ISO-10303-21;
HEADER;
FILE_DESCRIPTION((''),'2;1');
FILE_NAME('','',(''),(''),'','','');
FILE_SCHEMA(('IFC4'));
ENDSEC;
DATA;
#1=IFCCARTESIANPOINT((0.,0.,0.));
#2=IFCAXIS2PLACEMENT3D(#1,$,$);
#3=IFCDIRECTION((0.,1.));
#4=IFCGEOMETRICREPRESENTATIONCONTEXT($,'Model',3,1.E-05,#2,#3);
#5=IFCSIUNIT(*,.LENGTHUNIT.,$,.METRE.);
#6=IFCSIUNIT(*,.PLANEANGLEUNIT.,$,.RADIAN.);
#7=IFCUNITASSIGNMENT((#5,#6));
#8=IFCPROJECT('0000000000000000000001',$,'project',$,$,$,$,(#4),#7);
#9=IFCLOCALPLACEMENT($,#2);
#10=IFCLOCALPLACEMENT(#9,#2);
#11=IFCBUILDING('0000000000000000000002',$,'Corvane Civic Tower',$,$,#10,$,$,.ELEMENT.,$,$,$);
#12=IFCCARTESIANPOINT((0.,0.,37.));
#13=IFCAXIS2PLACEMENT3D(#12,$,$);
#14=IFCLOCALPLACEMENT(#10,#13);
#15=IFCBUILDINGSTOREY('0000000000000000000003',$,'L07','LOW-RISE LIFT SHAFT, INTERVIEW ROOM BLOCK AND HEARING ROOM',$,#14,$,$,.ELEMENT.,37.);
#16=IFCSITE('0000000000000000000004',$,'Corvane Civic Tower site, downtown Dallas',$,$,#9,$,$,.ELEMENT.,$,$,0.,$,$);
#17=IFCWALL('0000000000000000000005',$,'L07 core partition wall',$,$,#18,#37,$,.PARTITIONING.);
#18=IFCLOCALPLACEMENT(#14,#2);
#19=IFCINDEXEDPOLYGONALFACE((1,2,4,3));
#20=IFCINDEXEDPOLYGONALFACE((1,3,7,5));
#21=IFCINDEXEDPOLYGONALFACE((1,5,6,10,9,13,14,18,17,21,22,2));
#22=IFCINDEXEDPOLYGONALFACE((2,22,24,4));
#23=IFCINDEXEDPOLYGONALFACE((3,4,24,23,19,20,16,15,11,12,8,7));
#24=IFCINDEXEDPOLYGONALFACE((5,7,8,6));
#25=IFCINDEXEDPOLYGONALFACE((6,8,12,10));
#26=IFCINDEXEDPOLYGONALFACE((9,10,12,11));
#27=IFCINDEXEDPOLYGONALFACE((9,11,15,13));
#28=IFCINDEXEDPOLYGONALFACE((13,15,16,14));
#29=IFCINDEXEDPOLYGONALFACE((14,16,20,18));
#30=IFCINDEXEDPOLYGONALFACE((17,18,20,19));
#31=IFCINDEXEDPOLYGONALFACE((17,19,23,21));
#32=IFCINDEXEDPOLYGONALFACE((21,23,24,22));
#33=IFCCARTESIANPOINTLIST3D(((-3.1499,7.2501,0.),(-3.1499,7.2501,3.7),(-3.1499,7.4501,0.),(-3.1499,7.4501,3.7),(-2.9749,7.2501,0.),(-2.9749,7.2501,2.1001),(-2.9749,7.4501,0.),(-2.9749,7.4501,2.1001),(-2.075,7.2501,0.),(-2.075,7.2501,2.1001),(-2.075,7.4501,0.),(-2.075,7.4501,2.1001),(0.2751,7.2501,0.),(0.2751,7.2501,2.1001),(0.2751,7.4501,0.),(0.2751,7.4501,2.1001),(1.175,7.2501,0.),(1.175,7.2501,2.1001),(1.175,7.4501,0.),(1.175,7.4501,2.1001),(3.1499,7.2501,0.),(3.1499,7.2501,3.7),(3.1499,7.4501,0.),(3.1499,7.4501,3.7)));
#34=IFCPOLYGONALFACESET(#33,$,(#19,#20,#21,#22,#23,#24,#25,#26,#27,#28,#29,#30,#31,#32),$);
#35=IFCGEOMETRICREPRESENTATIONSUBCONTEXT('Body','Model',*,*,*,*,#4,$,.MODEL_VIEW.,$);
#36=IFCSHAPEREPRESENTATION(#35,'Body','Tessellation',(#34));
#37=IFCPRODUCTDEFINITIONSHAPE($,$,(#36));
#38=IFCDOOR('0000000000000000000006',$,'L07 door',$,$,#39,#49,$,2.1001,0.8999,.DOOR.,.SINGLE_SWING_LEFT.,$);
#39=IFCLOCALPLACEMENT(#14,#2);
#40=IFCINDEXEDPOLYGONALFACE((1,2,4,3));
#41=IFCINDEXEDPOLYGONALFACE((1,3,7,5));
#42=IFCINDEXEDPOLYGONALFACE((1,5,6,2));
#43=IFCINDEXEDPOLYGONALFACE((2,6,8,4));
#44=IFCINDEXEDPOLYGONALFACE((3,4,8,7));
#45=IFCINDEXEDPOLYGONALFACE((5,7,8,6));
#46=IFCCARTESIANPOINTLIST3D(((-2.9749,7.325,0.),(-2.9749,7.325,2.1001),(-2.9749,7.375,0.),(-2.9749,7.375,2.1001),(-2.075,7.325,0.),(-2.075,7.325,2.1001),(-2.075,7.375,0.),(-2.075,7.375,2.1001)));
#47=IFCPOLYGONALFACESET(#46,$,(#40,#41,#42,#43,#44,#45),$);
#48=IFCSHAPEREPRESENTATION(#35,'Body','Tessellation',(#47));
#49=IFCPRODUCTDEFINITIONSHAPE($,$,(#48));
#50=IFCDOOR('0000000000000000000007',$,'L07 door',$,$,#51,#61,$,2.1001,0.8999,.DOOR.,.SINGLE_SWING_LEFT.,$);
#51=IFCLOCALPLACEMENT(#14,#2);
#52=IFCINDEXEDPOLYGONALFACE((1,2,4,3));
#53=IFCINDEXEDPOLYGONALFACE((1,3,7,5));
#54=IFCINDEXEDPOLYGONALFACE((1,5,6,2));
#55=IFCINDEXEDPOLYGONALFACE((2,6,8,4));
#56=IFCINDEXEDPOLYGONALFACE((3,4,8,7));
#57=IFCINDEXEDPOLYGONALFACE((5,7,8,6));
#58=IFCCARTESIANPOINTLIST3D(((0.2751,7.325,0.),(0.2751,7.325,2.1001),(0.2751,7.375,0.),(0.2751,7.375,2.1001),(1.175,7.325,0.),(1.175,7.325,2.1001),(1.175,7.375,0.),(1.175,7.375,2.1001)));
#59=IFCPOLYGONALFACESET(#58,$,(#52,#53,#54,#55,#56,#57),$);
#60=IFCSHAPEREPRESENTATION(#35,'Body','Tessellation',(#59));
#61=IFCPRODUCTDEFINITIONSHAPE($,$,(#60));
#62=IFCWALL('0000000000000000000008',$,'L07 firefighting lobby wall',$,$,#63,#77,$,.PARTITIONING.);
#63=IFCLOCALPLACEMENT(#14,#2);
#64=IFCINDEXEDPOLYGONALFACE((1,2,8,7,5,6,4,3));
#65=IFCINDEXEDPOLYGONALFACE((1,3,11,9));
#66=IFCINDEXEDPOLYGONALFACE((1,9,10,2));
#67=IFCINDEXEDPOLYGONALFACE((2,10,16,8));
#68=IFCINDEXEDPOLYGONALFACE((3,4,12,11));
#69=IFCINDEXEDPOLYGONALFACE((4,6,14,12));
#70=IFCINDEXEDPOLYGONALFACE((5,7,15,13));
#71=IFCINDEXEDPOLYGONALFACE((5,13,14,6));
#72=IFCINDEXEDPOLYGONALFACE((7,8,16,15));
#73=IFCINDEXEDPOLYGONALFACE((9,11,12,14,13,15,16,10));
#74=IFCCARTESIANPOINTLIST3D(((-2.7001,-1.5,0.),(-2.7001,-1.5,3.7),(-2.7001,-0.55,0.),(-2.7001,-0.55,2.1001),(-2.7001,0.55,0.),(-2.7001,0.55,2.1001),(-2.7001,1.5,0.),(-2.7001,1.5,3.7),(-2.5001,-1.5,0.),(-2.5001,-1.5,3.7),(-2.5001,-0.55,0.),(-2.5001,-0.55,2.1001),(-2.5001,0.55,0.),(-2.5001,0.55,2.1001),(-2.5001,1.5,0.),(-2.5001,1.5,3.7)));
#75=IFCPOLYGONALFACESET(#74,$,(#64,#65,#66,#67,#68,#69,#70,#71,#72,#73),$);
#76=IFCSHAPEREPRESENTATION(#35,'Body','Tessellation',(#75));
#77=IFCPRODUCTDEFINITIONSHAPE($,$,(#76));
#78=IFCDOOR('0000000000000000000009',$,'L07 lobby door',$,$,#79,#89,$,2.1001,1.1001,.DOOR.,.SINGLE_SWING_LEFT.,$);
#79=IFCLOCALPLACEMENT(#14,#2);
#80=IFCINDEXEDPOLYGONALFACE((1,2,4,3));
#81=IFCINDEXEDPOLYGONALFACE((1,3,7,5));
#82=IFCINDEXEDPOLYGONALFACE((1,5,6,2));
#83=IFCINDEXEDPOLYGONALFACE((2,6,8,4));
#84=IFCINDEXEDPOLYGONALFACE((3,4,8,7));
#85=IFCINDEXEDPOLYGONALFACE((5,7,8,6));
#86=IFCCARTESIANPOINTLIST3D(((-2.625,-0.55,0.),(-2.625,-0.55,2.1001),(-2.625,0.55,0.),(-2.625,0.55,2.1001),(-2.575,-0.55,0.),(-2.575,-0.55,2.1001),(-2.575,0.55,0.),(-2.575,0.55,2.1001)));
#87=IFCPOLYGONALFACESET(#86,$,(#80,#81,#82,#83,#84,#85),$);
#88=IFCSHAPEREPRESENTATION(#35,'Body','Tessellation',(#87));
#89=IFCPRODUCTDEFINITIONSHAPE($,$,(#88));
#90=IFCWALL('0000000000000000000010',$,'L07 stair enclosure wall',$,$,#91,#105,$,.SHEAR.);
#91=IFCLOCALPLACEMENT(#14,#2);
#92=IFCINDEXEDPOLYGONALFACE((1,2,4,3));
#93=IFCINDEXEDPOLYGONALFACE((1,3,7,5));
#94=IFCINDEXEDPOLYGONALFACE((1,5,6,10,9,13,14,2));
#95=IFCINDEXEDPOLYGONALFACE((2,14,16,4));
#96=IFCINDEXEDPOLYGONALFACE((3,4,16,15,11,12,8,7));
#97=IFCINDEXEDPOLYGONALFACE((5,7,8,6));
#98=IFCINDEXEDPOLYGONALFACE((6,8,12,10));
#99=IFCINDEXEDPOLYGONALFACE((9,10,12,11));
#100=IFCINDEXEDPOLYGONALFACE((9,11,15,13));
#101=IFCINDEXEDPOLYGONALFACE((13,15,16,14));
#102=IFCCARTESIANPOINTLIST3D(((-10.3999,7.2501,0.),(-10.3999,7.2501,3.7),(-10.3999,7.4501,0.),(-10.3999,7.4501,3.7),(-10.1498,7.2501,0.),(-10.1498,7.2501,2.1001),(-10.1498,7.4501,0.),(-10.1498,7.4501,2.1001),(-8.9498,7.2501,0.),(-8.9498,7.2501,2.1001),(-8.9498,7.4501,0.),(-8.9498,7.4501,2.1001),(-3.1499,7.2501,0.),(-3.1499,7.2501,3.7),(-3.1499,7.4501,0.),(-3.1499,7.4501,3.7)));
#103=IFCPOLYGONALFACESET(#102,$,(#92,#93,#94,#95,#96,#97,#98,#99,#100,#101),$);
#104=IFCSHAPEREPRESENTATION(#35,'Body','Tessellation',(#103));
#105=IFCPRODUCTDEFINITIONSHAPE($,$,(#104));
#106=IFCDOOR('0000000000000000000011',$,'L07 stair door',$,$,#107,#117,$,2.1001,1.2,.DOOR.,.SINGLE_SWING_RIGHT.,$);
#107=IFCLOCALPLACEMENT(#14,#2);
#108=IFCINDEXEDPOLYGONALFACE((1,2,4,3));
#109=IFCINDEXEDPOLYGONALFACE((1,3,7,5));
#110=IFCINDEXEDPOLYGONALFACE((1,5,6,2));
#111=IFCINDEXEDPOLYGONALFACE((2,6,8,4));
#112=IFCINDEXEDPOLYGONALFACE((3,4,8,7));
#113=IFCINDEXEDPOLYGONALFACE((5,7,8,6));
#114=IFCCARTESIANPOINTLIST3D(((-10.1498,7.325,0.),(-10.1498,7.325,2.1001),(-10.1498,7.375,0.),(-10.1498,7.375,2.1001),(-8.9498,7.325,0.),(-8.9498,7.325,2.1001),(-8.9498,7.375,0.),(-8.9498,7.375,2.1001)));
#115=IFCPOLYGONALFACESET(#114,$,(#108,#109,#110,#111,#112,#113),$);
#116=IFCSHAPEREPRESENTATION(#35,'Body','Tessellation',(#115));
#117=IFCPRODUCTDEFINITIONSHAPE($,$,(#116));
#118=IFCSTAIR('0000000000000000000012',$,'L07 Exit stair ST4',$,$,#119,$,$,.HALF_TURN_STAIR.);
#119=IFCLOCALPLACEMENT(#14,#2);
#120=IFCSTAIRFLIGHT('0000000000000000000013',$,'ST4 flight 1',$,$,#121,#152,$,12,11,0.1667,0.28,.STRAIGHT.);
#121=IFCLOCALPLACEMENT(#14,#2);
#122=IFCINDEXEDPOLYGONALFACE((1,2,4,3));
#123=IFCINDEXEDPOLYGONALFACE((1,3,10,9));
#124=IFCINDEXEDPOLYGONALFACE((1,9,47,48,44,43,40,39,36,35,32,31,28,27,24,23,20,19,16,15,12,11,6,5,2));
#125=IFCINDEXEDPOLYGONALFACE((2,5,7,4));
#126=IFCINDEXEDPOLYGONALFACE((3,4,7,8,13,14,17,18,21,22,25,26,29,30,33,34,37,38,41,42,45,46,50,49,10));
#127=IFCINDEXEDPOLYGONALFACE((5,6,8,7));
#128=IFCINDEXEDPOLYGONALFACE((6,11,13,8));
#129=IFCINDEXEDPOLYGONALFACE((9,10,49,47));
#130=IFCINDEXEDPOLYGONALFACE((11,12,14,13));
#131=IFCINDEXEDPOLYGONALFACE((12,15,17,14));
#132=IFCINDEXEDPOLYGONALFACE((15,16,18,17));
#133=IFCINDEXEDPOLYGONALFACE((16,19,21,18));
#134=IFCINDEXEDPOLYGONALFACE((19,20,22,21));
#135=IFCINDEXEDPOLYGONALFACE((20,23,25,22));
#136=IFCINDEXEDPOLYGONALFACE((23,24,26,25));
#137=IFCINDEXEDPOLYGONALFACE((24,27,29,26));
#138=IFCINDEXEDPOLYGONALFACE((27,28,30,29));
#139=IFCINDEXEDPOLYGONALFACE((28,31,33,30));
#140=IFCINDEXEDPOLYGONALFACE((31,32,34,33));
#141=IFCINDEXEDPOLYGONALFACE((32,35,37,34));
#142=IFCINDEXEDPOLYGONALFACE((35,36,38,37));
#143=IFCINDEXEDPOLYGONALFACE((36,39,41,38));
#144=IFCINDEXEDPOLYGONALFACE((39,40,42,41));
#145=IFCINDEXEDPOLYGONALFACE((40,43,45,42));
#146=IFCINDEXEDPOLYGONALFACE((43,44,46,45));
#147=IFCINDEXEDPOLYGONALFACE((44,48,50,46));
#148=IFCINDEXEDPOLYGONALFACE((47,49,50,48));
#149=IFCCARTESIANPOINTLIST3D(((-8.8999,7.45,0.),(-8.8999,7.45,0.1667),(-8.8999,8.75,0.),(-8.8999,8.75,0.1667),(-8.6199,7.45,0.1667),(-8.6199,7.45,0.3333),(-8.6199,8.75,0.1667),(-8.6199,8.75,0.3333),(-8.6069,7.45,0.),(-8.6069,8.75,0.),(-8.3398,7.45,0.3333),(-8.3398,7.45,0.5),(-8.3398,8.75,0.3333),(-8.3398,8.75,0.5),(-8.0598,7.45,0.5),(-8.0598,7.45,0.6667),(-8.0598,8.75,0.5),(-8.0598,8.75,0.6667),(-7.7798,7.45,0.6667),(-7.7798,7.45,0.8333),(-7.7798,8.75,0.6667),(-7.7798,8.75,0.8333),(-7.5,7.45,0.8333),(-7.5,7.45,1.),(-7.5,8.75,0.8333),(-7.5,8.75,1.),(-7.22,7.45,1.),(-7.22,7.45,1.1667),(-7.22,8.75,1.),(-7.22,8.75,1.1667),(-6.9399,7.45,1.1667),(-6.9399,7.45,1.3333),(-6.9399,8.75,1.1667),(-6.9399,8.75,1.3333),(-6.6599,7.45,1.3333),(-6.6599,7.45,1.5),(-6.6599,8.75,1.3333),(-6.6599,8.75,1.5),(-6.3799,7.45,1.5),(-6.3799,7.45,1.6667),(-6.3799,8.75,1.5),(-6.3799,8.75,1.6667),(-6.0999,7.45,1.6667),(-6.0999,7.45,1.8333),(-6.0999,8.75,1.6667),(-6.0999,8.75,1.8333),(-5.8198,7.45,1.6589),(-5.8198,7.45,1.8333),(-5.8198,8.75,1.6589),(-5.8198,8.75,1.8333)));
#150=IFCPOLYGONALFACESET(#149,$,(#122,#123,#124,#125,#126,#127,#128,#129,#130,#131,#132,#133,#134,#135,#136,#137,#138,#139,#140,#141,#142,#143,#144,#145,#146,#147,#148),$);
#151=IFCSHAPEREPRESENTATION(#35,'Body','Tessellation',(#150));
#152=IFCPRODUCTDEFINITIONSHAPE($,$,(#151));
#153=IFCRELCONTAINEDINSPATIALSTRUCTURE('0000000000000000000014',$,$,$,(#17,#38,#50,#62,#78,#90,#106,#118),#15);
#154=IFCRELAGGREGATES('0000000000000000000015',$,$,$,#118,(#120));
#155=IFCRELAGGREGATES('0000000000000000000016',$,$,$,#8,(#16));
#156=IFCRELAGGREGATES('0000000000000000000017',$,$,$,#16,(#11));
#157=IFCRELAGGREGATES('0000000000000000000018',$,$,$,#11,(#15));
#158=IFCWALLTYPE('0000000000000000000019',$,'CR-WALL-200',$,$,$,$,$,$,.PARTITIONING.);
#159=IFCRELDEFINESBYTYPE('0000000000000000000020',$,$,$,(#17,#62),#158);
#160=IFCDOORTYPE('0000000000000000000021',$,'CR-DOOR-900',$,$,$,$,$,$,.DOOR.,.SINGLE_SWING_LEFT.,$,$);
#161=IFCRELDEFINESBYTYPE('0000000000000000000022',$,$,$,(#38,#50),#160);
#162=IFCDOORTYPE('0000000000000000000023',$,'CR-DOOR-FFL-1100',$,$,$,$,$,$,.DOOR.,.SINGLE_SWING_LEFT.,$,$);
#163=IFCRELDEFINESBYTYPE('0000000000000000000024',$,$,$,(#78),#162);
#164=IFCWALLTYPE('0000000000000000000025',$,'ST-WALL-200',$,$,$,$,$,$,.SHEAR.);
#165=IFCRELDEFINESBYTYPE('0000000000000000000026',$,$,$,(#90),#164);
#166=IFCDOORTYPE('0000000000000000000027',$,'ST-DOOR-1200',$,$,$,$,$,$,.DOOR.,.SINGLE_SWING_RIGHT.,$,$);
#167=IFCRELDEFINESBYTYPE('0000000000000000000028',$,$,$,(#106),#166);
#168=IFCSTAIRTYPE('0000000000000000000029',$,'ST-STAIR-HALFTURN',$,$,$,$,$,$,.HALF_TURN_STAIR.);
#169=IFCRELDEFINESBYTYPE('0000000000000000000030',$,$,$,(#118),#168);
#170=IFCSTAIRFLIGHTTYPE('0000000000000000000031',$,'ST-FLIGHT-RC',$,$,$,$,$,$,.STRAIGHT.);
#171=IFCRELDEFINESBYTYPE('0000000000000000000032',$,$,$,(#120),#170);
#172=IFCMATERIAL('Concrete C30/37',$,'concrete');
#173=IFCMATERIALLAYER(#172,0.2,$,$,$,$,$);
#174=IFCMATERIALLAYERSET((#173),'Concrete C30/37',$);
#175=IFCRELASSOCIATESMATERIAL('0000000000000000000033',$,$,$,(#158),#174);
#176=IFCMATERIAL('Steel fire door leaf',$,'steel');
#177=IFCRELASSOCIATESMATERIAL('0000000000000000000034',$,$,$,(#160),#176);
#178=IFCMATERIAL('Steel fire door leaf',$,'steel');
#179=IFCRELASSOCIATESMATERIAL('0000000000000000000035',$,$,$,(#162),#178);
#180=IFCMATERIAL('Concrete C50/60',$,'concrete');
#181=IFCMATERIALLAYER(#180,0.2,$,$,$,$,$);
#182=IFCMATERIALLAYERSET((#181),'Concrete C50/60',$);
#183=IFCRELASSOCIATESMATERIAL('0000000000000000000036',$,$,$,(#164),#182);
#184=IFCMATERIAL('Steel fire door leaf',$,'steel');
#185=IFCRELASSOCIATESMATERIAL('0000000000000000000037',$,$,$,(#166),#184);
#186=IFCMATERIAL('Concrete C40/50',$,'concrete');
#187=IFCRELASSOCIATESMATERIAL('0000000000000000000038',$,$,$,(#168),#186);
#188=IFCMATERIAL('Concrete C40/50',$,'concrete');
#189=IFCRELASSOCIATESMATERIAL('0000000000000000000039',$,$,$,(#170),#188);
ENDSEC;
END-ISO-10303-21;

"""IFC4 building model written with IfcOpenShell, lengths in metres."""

from ifc_helpers import new_model, si_unit, direction, frame, frame_2d, origin, place, context, subcontext, project, spatial, polyline, rectangle, outline, extrude, material, layer, layer_set, type_object, element, fill, aggregate, save


model = new_model("IFC4")

# Units and contexts
model_context = context("Model", 3, precision=1e-05, world=origin(), true_north=direction((0.0, 1.0)))
body_context = subcontext(model_context, "Body", "Model", "MODEL_VIEW")
ifc_project = project(units=[si_unit("LENGTHUNIT", "METRE"), si_unit("PLANEANGLEUNIT", "RADIAN")], contexts=[model_context])

# Site, building, storey
site_placement = place(None, origin())
site = spatial("IfcSite", under=ifc_project, at=site_placement, Name="Corvane Civic Tower site, downtown Dallas", CompositionType="ELEMENT", RefElevation=0.0)
building_placement = place(site_placement, origin())
building = spatial("IfcBuilding", under=site, at=building_placement, Name="Corvane Civic Tower", CompositionType="ELEMENT")
storey_placement = place(building_placement, frame((0.0, 0.0, 37.0)))
storey = spatial("IfcBuildingStorey", under=building, at=storey_placement, Name="L07", Description="LOW-RISE LIFT SHAFT, INTERVIEW ROOM BLOCK AND HEARING ROOM", CompositionType="ELEMENT", Elevation=37.0)

# Wall, openings, doors
ifc_material_1 = material(Name="Concrete C30/37", Category="concrete")
ifc_layer_1 = layer(ifc_material_1, 0.2)
ifc_layer_set_1 = layer_set([ifc_layer_1], Name="Concrete C30/37")
wall_type_1 = type_object("IfcWallType", Name="CR-WALL-200", PredefinedType="PARTITIONING", material=ifc_layer_set_1)
wall_1_placement = place(storey_placement, frame((-3.1499, 7.3501, 0.0), z_axis=(0.0, 0.0, 1.0), x_axis=(1.0, 0.0, 0.0)))
wall_1 = element("IfcWall", 1, at=wall_1_placement, inside=storey, type_object=wall_type_1, Name="L07 core partition wall", PredefinedType="PARTITIONING", context=body_context, shape_type="SweptSolid", body=[
    extrude(rectangle(XDim=6.2998, YDim=0.2, at=frame_2d((3.1499, 0.0))), origin(), (0.0, 0.0, 1.0), 3.7),
])
opening_1_placement = place(wall_1_placement, frame((0.175, 0.0, 0.0)))
opening_1 = element("IfcOpeningElement", 2, at=opening_1_placement, cuts=wall_1, PredefinedType="OPENING", context=body_context, shape_type="SweptSolid", body=[
    extrude(rectangle(XDim=0.8999, YDim=2.1001, at=frame_2d((0.45, 1.05))), frame((0.0, 0.1099, 0.0), z_axis=(0.0, -1.0, 0.0), x_axis=(1.0, 0.0, 0.0)), (0.0, 0.0, 1.0), 0.22),
])
opening_2_placement = place(wall_1_placement, frame((3.425, 0.0, 0.0)))
opening_2 = element("IfcOpeningElement", 3, at=opening_2_placement, cuts=wall_1, PredefinedType="OPENING", context=body_context, shape_type="SweptSolid", body=[
    extrude(rectangle(XDim=0.8999, YDim=2.1001, at=frame_2d((0.45, 1.05))), frame((0.0, 0.1099, 0.0), z_axis=(0.0, -1.0, 0.0), x_axis=(1.0, 0.0, 0.0)), (0.0, 0.0, 1.0), 0.22),
])
ifc_material_2 = material(Name="Steel fire door leaf", Category="steel")
door_type_1 = type_object("IfcDoorType", Name="CR-DOOR-900", OperationType="SINGLE_SWING_LEFT", PredefinedType="DOOR", material=ifc_material_2)
door_1_placement = place(opening_1_placement, origin())
door_1 = element("IfcDoor", 4, at=door_1_placement, inside=storey, type_object=door_type_1, Name="L07 door", OperationType="SINGLE_SWING_LEFT", OverallHeight=2.1001, OverallWidth=0.8999, PredefinedType="DOOR", context=body_context, shape_type="SweptSolid", body=[
    extrude(rectangle(XDim=0.8999, YDim=2.1001, at=frame_2d((0.45, 1.05))), frame((0.0, 0.0249, 0.0), z_axis=(0.0, -1.0, 0.0), x_axis=(1.0, 0.0, 0.0)), (0.0, 0.0, 1.0), 0.05),
])
fill(opening_1, door_1)
door_2_placement = place(opening_2_placement, origin())
door_2 = element("IfcDoor", 5, at=door_2_placement, inside=storey, type_object=door_type_1, Name="L07 door", OperationType="SINGLE_SWING_LEFT", OverallHeight=2.1001, OverallWidth=0.8999, PredefinedType="DOOR", context=body_context, shape_type="SweptSolid", body=[
    extrude(rectangle(XDim=0.8999, YDim=2.1001, at=frame_2d((0.45, 1.05))), frame((0.0, 0.0249, 0.0), z_axis=(0.0, -1.0, 0.0), x_axis=(1.0, 0.0, 0.0)), (0.0, 0.0, 1.0), 0.05),
])
fill(opening_2, door_2)

# Walls, openings, doors
wall_2_placement = place(storey_placement, frame((-2.6001, -1.5, 0.0), z_axis=(0.0, 0.0, 1.0), x_axis=(0.0, 1.0, 0.0)))
wall_2 = element("IfcWall", 6, at=wall_2_placement, inside=storey, type_object=wall_type_1, Name="L07 firefighting lobby wall", PredefinedType="PARTITIONING", context=body_context, shape_type="SweptSolid", body=[
    extrude(rectangle(XDim=3.0, YDim=0.2, at=frame_2d((1.5, 0.0))), origin(), (0.0, 0.0, 1.0), 3.7),
])
opening_3_placement = place(wall_2_placement, frame((0.95, 0.0, 0.0)))
opening_3 = element("IfcOpeningElement", 7, at=opening_3_placement, cuts=wall_2, PredefinedType="OPENING", context=body_context, shape_type="SweptSolid", body=[
    extrude(rectangle(XDim=1.1001, YDim=2.1001, at=frame_2d((0.55, 1.05))), frame((0.0, 0.1099, 0.0), z_axis=(0.0, -1.0, 0.0), x_axis=(1.0, 0.0, 0.0)), (0.0, 0.0, 1.0), 0.22),
])
ifc_material_3 = material(Name="Steel fire door leaf", Category="steel")
door_type_2 = type_object("IfcDoorType", Name="CR-DOOR-FFL-1100", OperationType="SINGLE_SWING_LEFT", PredefinedType="DOOR", material=ifc_material_3)
door_3_placement = place(opening_3_placement, origin())
door_3 = element("IfcDoor", 8, at=door_3_placement, inside=storey, type_object=door_type_2, Name="L07 lobby door", OperationType="SINGLE_SWING_LEFT", OverallHeight=2.1001, OverallWidth=1.1001, PredefinedType="DOOR", context=body_context, shape_type="SweptSolid", body=[
    extrude(rectangle(XDim=1.1001, YDim=2.1001, at=frame_2d((0.55, 1.05))), frame((0.0, 0.0249, 0.0), z_axis=(0.0, -1.0, 0.0), x_axis=(1.0, 0.0, 0.0)), (0.0, 0.0, 1.0), 0.05),
])
fill(opening_3, door_3)
ifc_material_4 = material(Name="Concrete C50/60", Category="concrete")
ifc_layer_2 = layer(ifc_material_4, 0.2)
ifc_layer_set_2 = layer_set([ifc_layer_2], Name="Concrete C50/60")
wall_type_2 = type_object("IfcWallType", Name="ST-WALL-200", PredefinedType="SHEAR", material=ifc_layer_set_2)
wall_3_placement = place(storey_placement, frame((-10.3999, 7.3501, 0.0), z_axis=(0.0, 0.0, 1.0), x_axis=(1.0, 0.0, 0.0)))
wall_3 = element("IfcWall", 9, at=wall_3_placement, inside=storey, type_object=wall_type_2, Name="L07 stair enclosure wall", PredefinedType="SHEAR", context=body_context, shape_type="SweptSolid", body=[
    extrude(rectangle(XDim=7.25, YDim=0.2, at=frame_2d((3.625, 0.0))), origin(), (0.0, 0.0, 1.0), 3.7),
])
opening_4_placement = place(wall_3_placement, frame((0.25, 0.0, 0.0)))
opening_4 = element("IfcOpeningElement", 10, at=opening_4_placement, cuts=wall_3, PredefinedType="OPENING", context=body_context, shape_type="SweptSolid", body=[
    extrude(rectangle(XDim=1.2, YDim=2.1001, at=frame_2d((0.6001, 1.05))), frame((0.0, 0.1099, 0.0), z_axis=(0.0, -1.0, 0.0), x_axis=(1.0, 0.0, 0.0)), (0.0, 0.0, 1.0), 0.22),
])
ifc_material_5 = material(Name="Steel fire door leaf", Category="steel")
door_type_3 = type_object("IfcDoorType", Name="ST-DOOR-1200", OperationType="SINGLE_SWING_RIGHT", PredefinedType="DOOR", material=ifc_material_5)
door_4_placement = place(opening_4_placement, origin())
door_4 = element("IfcDoor", 11, at=door_4_placement, inside=storey, type_object=door_type_3, Name="L07 stair door", OperationType="SINGLE_SWING_RIGHT", OverallHeight=2.1001, OverallWidth=1.2, PredefinedType="DOOR", context=body_context, shape_type="SweptSolid", body=[
    extrude(rectangle(XDim=1.2, YDim=2.1001, at=frame_2d((0.6001, 1.05))), frame((0.0, 0.0249, 0.0), z_axis=(0.0, -1.0, 0.0), x_axis=(1.0, 0.0, 0.0)), (0.0, 0.0, 1.0), 0.05),
])
fill(opening_4, door_4)

# Stair, stair flight
ifc_material_6 = material(Name="Concrete C40/50", Category="concrete")
stair_type = type_object("IfcStairType", Name="ST-STAIR-HALFTURN", PredefinedType="HALF_TURN_STAIR", material=ifc_material_6)
stair_placement = place(storey_placement, origin())
stair = element("IfcStair", 12, at=stair_placement, inside=storey, type_object=stair_type, Name="L07 Exit stair ST4", PredefinedType="HALF_TURN_STAIR")
ifc_material_7 = material(Name="Concrete C40/50", Category="concrete")
stair_flight_type = type_object("IfcStairFlightType", Name="ST-FLIGHT-RC", PredefinedType="STRAIGHT", material=ifc_material_7)
stair_flight_placement = place(storey_placement, frame((-8.8999, 8.1001, 0.0), z_axis=(0.0, 0.0, 1.0), x_axis=(1.0, 0.0, 0.0)))
stair_flight = element("IfcStairFlight", 13, at=stair_flight_placement, type_object=stair_flight_type, Name="ST4 flight 1", NumberOfRisers=12, NumberOfTreads=11, PredefinedType="STRAIGHT", RiserHeight=0.1667, TreadLength=0.28, context=body_context, shape_type="SweptSolid", body=[
    extrude(outline(polyline([(0.0, 0.0), (0.0, 0.1667), (0.28, 0.1667), (0.28, 0.3333), (0.5601, 0.3333), (0.5601, 0.5), (0.8401, 0.5), (0.8401, 0.6667), (1.1201, 0.6667), (1.1201, 0.8333), (1.3999, 0.8333), (1.3999, 1.0), (1.6799, 1.0), (1.6799, 1.1667), (1.96, 1.1667), (1.96, 1.3333), (2.24, 1.3333), (2.24, 1.5), (2.52, 1.5), (2.52, 1.6667), (2.8, 1.6667), (2.8, 1.8333), (3.0801, 1.8333), (3.0801, 2.0), (3.0801, 1.6589), (0.293, 0.0), (0.0, 0.0)])), frame((0.0, 0.6499, 0.0), z_axis=(0.0, -1.0, 0.0), x_axis=(1.0, 0.0, 0.0)), (0.0, 0.0, 1.0), 1.3),
])
aggregate(stair, [stair_flight])

save(model, "model.ifc")
